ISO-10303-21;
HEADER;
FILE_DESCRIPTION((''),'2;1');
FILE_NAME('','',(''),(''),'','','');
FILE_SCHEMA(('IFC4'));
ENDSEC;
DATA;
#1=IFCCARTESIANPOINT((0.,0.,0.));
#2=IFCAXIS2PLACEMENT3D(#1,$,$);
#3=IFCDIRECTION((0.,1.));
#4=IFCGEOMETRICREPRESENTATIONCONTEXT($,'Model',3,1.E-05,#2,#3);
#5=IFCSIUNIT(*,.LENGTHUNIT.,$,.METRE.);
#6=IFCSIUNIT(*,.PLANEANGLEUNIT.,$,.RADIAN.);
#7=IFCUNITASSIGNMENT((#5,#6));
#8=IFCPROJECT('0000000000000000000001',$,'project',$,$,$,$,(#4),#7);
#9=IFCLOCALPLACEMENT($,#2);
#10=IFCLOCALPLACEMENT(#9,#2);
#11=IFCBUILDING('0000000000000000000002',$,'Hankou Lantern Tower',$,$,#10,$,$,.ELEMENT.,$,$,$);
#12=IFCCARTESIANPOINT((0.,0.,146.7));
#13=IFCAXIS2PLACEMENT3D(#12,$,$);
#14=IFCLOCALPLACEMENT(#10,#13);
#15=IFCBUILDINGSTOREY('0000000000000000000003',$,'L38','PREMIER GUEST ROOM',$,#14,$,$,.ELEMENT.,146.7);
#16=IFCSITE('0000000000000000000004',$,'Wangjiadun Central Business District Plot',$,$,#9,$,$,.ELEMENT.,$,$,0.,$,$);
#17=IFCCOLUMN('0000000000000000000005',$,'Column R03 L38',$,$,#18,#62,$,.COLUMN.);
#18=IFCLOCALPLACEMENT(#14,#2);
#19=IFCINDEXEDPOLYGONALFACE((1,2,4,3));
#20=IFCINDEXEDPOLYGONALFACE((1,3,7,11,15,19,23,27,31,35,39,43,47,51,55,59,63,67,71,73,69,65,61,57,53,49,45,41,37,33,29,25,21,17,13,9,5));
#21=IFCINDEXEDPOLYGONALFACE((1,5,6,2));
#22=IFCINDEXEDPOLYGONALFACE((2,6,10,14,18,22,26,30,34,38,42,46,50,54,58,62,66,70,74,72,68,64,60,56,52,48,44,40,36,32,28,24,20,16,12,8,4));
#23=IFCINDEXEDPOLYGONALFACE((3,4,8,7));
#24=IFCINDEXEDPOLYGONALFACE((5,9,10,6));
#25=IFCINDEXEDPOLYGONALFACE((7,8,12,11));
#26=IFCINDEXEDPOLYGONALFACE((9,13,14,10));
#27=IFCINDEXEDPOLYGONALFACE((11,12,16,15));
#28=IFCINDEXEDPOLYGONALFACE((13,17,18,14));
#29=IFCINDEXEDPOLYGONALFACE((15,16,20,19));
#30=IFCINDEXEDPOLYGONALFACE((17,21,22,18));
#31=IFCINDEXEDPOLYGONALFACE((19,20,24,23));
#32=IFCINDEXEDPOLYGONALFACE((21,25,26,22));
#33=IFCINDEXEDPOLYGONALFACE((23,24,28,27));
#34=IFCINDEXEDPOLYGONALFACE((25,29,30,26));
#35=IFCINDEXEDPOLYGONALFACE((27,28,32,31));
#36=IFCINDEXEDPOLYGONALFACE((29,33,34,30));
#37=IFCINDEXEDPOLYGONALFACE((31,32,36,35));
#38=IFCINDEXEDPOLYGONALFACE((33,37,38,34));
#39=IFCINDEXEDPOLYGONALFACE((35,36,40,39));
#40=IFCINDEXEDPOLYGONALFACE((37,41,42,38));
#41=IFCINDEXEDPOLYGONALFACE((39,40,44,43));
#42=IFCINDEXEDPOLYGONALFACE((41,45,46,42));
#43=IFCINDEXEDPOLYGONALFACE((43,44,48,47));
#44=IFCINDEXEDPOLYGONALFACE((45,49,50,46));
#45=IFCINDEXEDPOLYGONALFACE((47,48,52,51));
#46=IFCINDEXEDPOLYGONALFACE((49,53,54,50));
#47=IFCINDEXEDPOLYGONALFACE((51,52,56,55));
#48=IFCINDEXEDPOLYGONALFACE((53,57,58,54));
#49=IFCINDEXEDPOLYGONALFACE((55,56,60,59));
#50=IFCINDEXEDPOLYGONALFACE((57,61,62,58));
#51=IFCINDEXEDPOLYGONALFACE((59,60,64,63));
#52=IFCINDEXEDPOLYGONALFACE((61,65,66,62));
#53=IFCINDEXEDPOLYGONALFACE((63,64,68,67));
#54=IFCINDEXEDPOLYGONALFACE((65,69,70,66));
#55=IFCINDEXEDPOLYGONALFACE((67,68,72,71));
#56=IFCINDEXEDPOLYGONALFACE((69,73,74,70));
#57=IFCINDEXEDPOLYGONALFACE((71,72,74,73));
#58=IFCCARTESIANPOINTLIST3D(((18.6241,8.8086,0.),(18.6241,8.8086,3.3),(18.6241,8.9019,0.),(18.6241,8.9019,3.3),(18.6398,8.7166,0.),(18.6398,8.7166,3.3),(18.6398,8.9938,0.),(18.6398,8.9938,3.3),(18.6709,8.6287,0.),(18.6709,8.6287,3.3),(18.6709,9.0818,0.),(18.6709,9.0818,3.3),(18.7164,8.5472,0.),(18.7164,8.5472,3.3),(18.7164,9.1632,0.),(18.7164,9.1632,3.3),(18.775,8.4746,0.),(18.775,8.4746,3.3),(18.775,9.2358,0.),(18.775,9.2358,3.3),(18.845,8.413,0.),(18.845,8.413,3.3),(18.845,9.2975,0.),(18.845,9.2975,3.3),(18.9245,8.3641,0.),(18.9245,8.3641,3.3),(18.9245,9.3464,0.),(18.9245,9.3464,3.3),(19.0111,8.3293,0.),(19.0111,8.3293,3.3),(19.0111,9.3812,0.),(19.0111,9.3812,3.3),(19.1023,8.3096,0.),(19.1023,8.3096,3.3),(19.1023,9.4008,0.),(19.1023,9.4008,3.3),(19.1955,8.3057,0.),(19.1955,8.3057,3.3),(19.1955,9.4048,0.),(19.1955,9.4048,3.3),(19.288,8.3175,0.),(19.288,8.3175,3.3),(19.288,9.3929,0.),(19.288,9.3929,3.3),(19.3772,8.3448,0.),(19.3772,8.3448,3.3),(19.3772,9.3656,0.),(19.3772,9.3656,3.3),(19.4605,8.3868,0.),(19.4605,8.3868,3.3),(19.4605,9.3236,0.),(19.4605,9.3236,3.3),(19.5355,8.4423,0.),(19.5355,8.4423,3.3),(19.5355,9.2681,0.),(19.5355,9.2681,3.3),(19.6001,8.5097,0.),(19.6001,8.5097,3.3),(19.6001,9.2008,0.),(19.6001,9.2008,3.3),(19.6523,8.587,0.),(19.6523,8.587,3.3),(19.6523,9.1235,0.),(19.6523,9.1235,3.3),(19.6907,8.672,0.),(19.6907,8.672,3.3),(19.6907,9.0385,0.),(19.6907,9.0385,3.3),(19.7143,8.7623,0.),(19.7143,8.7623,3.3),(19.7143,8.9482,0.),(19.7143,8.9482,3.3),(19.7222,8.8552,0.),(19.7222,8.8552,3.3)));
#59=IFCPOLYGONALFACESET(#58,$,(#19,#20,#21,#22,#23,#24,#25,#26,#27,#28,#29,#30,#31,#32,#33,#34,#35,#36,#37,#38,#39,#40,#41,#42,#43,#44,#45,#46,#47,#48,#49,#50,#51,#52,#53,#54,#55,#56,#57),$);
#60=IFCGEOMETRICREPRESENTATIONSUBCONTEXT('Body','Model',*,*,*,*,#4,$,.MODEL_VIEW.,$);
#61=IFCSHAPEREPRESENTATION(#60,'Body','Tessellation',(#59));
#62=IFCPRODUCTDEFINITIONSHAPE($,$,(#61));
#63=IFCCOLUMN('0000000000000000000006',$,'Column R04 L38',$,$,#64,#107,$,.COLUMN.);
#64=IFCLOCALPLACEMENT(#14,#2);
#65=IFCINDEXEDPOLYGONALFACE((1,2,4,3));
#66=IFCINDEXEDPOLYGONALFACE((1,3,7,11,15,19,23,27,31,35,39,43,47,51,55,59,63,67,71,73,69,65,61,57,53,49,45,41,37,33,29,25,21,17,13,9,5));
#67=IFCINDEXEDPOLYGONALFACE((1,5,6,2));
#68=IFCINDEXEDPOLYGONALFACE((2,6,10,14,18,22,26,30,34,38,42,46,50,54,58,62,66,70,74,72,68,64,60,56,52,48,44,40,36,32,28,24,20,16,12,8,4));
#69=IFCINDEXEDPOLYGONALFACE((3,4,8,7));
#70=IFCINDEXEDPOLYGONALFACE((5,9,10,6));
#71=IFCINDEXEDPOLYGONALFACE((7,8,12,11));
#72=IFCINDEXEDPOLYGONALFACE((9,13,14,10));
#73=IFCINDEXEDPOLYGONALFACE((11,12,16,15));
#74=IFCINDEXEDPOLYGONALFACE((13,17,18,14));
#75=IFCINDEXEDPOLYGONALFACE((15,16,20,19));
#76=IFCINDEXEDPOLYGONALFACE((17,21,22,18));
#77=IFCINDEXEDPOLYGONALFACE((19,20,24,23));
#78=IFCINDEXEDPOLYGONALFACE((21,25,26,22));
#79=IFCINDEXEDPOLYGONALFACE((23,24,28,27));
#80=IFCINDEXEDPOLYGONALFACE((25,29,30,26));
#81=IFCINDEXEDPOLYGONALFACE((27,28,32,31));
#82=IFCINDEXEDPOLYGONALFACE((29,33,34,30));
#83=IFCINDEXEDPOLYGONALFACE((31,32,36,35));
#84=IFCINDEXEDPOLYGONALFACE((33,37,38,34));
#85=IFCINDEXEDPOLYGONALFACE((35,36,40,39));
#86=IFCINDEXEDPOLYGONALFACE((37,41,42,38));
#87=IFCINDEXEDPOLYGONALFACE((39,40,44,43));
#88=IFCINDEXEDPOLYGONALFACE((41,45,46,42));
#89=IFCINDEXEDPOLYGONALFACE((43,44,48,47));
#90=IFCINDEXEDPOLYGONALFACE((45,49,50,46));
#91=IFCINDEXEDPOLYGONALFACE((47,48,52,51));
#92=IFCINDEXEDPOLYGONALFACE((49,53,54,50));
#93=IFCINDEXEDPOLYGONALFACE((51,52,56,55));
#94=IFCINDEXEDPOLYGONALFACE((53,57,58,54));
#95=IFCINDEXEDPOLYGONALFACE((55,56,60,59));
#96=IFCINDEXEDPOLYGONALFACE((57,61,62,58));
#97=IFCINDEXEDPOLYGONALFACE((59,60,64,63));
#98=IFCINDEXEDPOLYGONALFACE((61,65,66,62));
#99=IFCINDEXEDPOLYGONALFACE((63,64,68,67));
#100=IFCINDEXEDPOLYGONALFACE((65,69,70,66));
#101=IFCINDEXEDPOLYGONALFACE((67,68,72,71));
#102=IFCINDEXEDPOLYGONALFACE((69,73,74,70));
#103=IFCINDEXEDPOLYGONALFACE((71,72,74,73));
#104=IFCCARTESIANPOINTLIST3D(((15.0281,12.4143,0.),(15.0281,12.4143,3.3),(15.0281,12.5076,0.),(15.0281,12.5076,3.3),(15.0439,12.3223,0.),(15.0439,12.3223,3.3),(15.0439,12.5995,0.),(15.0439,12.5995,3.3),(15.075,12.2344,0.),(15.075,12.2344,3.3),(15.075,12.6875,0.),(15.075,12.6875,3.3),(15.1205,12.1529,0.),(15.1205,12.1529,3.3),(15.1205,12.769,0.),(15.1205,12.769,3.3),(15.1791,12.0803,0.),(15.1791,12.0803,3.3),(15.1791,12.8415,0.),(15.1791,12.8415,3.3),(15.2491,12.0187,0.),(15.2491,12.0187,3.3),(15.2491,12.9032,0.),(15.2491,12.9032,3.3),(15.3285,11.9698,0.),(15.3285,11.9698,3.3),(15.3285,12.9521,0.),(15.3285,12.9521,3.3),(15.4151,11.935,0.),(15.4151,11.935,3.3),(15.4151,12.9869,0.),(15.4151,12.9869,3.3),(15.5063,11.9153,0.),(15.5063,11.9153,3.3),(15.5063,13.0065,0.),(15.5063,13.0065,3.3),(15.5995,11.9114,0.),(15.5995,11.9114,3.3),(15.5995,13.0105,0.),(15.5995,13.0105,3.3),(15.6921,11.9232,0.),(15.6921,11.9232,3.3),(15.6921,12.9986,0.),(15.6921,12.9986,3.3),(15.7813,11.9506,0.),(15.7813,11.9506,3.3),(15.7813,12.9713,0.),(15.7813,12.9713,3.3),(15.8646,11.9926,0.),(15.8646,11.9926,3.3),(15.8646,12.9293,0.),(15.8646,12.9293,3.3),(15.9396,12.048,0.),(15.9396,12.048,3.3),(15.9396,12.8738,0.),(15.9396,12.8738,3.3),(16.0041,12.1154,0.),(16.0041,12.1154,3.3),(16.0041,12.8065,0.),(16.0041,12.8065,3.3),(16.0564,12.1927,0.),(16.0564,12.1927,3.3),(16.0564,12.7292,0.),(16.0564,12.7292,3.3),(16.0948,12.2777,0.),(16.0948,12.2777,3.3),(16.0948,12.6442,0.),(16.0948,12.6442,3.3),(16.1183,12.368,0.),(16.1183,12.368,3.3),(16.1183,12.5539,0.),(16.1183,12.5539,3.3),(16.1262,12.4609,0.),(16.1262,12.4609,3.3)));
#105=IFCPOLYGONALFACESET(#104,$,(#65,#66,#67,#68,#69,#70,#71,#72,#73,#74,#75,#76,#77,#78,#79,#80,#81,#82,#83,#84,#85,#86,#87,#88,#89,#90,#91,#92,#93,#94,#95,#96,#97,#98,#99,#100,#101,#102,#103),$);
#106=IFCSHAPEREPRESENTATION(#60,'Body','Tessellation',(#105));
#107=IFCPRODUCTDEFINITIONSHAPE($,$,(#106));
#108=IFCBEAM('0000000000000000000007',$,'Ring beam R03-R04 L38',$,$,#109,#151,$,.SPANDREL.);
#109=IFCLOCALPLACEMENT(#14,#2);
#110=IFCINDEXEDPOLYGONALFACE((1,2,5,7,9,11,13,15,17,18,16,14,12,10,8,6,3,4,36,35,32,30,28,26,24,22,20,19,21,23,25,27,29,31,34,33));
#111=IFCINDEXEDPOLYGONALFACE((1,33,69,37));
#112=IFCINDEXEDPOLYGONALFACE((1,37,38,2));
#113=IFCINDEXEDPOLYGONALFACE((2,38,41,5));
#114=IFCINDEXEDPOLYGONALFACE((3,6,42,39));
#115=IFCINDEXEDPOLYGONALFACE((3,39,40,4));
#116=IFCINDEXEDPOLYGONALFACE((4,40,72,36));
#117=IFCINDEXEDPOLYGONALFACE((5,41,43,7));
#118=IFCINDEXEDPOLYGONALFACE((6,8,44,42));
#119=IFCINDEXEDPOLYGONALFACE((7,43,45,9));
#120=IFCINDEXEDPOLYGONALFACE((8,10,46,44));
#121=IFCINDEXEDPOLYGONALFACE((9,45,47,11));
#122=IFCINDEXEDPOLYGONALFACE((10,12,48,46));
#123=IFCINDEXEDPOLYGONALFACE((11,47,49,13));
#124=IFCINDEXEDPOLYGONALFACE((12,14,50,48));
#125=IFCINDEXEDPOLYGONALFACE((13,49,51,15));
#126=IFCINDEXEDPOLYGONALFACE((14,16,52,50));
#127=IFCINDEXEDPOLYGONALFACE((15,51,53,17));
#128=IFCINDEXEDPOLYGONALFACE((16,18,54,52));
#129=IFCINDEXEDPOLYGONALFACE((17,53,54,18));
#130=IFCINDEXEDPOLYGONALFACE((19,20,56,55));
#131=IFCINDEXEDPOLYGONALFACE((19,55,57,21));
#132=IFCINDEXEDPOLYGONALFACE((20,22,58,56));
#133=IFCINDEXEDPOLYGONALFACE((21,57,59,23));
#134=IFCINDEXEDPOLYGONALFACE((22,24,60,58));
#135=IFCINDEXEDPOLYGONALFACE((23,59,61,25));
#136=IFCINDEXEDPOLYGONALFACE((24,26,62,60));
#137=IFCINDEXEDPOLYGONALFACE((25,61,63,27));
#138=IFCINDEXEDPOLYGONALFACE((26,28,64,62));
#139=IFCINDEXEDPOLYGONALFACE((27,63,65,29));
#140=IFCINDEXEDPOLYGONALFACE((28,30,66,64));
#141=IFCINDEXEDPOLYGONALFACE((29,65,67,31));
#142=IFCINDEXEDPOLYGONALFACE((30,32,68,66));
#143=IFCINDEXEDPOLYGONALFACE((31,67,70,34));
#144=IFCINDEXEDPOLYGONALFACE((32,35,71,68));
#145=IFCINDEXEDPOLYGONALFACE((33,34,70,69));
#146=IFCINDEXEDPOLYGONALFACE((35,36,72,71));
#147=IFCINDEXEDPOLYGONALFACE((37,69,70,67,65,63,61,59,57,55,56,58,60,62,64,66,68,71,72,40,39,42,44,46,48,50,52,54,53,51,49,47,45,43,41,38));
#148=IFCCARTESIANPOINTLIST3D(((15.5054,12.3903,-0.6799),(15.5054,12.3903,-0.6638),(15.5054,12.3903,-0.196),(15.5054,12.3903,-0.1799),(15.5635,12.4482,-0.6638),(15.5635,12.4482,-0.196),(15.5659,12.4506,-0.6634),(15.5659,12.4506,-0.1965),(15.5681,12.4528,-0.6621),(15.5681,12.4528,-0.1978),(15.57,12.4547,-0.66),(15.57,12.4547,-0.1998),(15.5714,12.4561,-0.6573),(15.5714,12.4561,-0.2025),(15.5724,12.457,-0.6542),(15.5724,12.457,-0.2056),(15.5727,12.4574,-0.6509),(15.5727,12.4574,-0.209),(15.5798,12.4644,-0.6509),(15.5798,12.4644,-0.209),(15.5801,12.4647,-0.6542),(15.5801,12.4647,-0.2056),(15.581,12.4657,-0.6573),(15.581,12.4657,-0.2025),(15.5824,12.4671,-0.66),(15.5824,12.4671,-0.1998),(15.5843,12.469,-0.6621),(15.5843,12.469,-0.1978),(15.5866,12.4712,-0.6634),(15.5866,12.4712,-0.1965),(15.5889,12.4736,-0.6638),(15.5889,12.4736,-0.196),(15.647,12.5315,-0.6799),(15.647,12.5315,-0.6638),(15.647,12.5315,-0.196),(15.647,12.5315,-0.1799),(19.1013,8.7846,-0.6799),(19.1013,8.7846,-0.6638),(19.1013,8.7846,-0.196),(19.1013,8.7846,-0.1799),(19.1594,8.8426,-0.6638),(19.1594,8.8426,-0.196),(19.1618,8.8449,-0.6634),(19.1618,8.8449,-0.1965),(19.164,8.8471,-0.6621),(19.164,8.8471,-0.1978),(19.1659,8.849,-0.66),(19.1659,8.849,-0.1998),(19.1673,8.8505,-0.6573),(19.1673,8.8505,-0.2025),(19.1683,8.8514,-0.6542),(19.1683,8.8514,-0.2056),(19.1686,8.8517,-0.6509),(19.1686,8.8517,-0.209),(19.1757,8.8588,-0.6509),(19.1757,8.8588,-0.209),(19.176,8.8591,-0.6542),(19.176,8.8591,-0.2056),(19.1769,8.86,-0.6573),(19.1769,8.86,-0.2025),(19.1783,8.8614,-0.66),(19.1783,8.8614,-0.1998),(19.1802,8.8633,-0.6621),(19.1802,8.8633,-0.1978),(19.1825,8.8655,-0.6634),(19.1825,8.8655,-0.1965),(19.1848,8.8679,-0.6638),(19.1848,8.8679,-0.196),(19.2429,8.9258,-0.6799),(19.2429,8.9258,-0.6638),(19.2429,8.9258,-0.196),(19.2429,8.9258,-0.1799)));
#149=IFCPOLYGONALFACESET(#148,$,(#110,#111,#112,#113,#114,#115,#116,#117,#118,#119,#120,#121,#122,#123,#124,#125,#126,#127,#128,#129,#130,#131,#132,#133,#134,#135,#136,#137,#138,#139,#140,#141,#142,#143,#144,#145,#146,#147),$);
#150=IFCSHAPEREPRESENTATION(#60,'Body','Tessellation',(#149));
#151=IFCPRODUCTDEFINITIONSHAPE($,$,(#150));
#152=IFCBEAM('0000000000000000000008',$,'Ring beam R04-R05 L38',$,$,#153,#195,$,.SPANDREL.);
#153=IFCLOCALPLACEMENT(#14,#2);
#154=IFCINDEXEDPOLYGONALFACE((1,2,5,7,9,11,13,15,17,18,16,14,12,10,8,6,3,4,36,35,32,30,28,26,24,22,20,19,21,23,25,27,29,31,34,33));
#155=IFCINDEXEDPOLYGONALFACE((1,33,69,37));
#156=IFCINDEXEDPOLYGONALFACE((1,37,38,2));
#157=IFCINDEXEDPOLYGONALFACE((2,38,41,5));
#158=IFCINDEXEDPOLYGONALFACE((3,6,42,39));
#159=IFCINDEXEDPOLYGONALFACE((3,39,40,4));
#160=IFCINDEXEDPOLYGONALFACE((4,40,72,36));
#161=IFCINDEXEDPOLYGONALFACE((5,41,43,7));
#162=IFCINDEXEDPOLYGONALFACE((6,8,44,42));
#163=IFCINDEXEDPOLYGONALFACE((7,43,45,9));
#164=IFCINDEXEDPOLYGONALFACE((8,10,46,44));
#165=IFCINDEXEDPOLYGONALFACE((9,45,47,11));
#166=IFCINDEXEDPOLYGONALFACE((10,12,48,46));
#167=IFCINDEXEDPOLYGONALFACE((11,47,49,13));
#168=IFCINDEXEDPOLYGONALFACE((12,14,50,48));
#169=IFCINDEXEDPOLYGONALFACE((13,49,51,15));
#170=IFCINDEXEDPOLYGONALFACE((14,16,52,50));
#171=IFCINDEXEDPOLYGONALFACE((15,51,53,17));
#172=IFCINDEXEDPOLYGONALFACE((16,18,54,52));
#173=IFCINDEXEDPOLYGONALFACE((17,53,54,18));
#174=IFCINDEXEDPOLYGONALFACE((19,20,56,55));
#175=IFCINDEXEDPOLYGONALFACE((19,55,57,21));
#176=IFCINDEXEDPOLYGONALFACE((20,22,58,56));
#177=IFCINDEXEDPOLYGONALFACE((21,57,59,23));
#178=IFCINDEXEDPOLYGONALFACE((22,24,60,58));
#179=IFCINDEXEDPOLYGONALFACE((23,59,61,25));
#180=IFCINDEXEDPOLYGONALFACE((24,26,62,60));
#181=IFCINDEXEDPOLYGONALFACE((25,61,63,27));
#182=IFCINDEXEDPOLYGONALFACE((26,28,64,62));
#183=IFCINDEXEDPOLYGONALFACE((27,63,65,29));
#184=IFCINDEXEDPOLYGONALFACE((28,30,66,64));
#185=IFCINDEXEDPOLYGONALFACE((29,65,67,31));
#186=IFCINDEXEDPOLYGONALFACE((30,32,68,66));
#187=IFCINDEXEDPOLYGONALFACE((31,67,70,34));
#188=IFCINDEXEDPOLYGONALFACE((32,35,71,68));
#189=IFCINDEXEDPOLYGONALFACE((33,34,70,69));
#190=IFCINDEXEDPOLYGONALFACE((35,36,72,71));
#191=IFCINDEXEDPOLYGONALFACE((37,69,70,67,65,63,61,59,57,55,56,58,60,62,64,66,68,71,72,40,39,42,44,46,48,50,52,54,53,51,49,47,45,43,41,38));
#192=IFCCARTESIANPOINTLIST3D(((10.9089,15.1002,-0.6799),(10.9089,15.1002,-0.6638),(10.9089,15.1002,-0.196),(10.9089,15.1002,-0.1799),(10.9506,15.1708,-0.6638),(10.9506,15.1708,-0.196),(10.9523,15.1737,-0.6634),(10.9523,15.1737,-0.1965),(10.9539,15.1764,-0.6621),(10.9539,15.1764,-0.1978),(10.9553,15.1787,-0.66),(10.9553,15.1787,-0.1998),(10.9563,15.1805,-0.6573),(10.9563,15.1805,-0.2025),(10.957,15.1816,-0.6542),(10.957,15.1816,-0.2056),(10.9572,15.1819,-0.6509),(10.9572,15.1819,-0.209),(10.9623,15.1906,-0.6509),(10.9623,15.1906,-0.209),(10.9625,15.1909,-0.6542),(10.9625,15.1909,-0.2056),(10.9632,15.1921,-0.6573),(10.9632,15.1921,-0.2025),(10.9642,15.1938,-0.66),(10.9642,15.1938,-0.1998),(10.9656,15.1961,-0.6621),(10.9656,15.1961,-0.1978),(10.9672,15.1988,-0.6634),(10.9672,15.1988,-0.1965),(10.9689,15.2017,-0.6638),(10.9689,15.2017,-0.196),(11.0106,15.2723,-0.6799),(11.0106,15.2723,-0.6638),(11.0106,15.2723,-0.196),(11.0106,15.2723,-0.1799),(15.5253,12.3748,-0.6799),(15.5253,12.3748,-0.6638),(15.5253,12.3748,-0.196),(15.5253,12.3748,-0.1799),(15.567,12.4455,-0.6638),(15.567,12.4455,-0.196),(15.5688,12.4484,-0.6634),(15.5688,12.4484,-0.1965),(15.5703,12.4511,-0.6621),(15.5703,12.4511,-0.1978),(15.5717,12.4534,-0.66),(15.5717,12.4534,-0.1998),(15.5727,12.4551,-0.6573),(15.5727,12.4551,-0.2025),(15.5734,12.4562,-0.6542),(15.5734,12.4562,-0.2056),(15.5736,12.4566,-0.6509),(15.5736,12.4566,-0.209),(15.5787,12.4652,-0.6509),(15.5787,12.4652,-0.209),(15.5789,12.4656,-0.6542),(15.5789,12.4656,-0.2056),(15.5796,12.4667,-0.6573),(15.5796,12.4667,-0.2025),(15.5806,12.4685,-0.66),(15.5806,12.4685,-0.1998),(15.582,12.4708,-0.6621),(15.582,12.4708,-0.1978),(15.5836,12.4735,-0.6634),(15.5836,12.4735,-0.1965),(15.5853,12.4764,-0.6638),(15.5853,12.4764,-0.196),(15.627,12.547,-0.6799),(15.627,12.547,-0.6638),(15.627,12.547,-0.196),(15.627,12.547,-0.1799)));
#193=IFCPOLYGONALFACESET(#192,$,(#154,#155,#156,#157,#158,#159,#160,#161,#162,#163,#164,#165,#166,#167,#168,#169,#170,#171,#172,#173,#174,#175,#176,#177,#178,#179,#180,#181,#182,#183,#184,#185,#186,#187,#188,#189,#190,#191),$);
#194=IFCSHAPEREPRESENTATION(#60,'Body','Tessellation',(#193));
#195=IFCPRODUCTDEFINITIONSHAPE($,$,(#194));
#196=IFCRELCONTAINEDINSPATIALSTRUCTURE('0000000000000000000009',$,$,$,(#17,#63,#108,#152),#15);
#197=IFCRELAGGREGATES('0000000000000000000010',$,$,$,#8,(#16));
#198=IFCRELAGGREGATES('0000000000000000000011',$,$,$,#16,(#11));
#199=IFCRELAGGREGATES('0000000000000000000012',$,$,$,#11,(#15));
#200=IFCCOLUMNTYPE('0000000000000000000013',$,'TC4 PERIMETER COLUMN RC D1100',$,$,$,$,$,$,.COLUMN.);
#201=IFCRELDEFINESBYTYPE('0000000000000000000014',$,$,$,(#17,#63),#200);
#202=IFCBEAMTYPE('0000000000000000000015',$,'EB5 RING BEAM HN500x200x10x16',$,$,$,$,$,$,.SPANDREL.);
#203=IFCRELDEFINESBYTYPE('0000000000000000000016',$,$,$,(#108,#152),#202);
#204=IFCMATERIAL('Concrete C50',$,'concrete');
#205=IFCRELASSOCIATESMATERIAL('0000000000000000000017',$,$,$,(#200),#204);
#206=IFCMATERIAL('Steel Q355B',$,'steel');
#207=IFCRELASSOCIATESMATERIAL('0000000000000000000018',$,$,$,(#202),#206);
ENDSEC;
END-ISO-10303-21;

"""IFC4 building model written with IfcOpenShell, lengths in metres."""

from ifc_helpers import new_model, si_unit, direction, frame, origin, origin_2d, place, context, subcontext, project, spatial, circle, i_section, extrude, material, material_profile, profile_set, type_object, element, save


model = new_model("IFC4")

# Units and contexts
model_context = context("Model", 3, precision=1e-05, world=origin(), true_north=direction((0.0, 1.0)))
body_context = subcontext(model_context, "Body", "Model", "MODEL_VIEW")
ifc_project = project(units=[si_unit("LENGTHUNIT", "METRE"), si_unit("PLANEANGLEUNIT", "RADIAN")], contexts=[model_context])

# Site, building, storey
site_placement = place(None, origin())
site = spatial("IfcSite", under=ifc_project, at=site_placement, Name="Wangjiadun Central Business District Plot", CompositionType="ELEMENT", RefElevation=0.0)
building_placement = place(site_placement, origin())
building = spatial("IfcBuilding", under=site, at=building_placement, Name="Hankou Lantern Tower", CompositionType="ELEMENT")
storey_placement = place(building_placement, frame((0.0, 0.0, 146.7)))
storey = spatial("IfcBuildingStorey", under=building, at=storey_placement, Name="L38", Description="PREMIER GUEST ROOM", CompositionType="ELEMENT", Elevation=146.7)

# Columns
ifc_material_1 = material(Name="Concrete C50", Category="concrete")
ifc_material_profile_1 = material_profile(ifc_material_1, circle(Radius=0.55, at=origin_2d()), Name="RC D1100")
ifc_profile_set_1 = profile_set([ifc_material_profile_1], Name="Concrete C50")
column_type = type_object("IfcColumnType", Name="TC4 PERIMETER COLUMN RC D1100", PredefinedType="COLUMN", material=ifc_profile_set_1)
for number, where, z_axis, x_axis, name in (
    (1, (19.1721, 8.8552, 0.0), (0.0, 0.0, 1.0), (1.0, 0.0, 0.0), "Column R03 L38"),
    (2, (15.5762, 12.4609, 0.0), (0.0, 0.0, 1.0), (1.0, 0.0, 0.0), "Column R04 L38"),
):
    element("IfcColumn", number, at=place(storey_placement, frame(where, z_axis=z_axis, x_axis=x_axis)), inside=storey, type_object=column_type, Name=name, PredefinedType="COLUMN", context=body_context, shape_type="SweptSolid", body=[
        extrude(circle(Radius=0.55, at=origin_2d()), origin(), (0.0, 0.0, 1.0), 3.3),
    ])

# Beams
ifc_material_2 = material(Name="Steel Q355B", Category="steel")
ifc_material_profile_2 = material_profile(ifc_material_2, i_section(OverallWidth=0.2, OverallDepth=0.5, WebThickness=0.01, FlangeThickness=0.0161, FilletRadius=0.0129, at=origin_2d()), Name="HN500x200x10x16")
ifc_profile_set_2 = profile_set([ifc_material_profile_2], Name="Steel Q355B")
beam_type_1 = type_object("IfcBeamType", Name="EB5 RING BEAM HN500x200x10x16", PredefinedType="SPANDREL", material=ifc_profile_set_2)
beam_1_placement = place(storey_placement, frame((19.1721, 8.8552, -0.4299), z_axis=(-0.706147, 0.708065, 0.0), x_axis=(-0.708065, -0.706147, 0.0)))
element("IfcBeam", 3, at=beam_1_placement, inside=storey, type_object=beam_type_1, Name="Ring beam R03-R04 L38", PredefinedType="SPANDREL", context=body_context, shape_type="SweptSolid", body=[
    extrude(i_section(OverallWidth=0.2, OverallDepth=0.5, WebThickness=0.01, FlangeThickness=0.0161, FilletRadius=0.0129, at=origin_2d()), origin(), (0.0, 0.0, 1.0), 5.0923),
])
beam_2_placement = place(storey_placement, frame((15.5762, 12.4609, -0.4299), z_axis=(-0.861136, 0.508375, 0.0), x_axis=(-0.508375, -0.861136, 0.0)))
element("IfcBeam", 4, at=beam_2_placement, inside=storey, type_object=beam_type_1, Name="Ring beam R04-R05 L38", PredefinedType="SPANDREL", context=body_context, shape_type="SweptSolid", body=[
    extrude(i_section(OverallWidth=0.2, OverallDepth=0.5, WebThickness=0.01, FlangeThickness=0.0161, FilletRadius=0.0129, at=origin_2d()), origin(), (0.0, 0.0, 1.0), 5.3608),
])

save(model, "model.ifc")
